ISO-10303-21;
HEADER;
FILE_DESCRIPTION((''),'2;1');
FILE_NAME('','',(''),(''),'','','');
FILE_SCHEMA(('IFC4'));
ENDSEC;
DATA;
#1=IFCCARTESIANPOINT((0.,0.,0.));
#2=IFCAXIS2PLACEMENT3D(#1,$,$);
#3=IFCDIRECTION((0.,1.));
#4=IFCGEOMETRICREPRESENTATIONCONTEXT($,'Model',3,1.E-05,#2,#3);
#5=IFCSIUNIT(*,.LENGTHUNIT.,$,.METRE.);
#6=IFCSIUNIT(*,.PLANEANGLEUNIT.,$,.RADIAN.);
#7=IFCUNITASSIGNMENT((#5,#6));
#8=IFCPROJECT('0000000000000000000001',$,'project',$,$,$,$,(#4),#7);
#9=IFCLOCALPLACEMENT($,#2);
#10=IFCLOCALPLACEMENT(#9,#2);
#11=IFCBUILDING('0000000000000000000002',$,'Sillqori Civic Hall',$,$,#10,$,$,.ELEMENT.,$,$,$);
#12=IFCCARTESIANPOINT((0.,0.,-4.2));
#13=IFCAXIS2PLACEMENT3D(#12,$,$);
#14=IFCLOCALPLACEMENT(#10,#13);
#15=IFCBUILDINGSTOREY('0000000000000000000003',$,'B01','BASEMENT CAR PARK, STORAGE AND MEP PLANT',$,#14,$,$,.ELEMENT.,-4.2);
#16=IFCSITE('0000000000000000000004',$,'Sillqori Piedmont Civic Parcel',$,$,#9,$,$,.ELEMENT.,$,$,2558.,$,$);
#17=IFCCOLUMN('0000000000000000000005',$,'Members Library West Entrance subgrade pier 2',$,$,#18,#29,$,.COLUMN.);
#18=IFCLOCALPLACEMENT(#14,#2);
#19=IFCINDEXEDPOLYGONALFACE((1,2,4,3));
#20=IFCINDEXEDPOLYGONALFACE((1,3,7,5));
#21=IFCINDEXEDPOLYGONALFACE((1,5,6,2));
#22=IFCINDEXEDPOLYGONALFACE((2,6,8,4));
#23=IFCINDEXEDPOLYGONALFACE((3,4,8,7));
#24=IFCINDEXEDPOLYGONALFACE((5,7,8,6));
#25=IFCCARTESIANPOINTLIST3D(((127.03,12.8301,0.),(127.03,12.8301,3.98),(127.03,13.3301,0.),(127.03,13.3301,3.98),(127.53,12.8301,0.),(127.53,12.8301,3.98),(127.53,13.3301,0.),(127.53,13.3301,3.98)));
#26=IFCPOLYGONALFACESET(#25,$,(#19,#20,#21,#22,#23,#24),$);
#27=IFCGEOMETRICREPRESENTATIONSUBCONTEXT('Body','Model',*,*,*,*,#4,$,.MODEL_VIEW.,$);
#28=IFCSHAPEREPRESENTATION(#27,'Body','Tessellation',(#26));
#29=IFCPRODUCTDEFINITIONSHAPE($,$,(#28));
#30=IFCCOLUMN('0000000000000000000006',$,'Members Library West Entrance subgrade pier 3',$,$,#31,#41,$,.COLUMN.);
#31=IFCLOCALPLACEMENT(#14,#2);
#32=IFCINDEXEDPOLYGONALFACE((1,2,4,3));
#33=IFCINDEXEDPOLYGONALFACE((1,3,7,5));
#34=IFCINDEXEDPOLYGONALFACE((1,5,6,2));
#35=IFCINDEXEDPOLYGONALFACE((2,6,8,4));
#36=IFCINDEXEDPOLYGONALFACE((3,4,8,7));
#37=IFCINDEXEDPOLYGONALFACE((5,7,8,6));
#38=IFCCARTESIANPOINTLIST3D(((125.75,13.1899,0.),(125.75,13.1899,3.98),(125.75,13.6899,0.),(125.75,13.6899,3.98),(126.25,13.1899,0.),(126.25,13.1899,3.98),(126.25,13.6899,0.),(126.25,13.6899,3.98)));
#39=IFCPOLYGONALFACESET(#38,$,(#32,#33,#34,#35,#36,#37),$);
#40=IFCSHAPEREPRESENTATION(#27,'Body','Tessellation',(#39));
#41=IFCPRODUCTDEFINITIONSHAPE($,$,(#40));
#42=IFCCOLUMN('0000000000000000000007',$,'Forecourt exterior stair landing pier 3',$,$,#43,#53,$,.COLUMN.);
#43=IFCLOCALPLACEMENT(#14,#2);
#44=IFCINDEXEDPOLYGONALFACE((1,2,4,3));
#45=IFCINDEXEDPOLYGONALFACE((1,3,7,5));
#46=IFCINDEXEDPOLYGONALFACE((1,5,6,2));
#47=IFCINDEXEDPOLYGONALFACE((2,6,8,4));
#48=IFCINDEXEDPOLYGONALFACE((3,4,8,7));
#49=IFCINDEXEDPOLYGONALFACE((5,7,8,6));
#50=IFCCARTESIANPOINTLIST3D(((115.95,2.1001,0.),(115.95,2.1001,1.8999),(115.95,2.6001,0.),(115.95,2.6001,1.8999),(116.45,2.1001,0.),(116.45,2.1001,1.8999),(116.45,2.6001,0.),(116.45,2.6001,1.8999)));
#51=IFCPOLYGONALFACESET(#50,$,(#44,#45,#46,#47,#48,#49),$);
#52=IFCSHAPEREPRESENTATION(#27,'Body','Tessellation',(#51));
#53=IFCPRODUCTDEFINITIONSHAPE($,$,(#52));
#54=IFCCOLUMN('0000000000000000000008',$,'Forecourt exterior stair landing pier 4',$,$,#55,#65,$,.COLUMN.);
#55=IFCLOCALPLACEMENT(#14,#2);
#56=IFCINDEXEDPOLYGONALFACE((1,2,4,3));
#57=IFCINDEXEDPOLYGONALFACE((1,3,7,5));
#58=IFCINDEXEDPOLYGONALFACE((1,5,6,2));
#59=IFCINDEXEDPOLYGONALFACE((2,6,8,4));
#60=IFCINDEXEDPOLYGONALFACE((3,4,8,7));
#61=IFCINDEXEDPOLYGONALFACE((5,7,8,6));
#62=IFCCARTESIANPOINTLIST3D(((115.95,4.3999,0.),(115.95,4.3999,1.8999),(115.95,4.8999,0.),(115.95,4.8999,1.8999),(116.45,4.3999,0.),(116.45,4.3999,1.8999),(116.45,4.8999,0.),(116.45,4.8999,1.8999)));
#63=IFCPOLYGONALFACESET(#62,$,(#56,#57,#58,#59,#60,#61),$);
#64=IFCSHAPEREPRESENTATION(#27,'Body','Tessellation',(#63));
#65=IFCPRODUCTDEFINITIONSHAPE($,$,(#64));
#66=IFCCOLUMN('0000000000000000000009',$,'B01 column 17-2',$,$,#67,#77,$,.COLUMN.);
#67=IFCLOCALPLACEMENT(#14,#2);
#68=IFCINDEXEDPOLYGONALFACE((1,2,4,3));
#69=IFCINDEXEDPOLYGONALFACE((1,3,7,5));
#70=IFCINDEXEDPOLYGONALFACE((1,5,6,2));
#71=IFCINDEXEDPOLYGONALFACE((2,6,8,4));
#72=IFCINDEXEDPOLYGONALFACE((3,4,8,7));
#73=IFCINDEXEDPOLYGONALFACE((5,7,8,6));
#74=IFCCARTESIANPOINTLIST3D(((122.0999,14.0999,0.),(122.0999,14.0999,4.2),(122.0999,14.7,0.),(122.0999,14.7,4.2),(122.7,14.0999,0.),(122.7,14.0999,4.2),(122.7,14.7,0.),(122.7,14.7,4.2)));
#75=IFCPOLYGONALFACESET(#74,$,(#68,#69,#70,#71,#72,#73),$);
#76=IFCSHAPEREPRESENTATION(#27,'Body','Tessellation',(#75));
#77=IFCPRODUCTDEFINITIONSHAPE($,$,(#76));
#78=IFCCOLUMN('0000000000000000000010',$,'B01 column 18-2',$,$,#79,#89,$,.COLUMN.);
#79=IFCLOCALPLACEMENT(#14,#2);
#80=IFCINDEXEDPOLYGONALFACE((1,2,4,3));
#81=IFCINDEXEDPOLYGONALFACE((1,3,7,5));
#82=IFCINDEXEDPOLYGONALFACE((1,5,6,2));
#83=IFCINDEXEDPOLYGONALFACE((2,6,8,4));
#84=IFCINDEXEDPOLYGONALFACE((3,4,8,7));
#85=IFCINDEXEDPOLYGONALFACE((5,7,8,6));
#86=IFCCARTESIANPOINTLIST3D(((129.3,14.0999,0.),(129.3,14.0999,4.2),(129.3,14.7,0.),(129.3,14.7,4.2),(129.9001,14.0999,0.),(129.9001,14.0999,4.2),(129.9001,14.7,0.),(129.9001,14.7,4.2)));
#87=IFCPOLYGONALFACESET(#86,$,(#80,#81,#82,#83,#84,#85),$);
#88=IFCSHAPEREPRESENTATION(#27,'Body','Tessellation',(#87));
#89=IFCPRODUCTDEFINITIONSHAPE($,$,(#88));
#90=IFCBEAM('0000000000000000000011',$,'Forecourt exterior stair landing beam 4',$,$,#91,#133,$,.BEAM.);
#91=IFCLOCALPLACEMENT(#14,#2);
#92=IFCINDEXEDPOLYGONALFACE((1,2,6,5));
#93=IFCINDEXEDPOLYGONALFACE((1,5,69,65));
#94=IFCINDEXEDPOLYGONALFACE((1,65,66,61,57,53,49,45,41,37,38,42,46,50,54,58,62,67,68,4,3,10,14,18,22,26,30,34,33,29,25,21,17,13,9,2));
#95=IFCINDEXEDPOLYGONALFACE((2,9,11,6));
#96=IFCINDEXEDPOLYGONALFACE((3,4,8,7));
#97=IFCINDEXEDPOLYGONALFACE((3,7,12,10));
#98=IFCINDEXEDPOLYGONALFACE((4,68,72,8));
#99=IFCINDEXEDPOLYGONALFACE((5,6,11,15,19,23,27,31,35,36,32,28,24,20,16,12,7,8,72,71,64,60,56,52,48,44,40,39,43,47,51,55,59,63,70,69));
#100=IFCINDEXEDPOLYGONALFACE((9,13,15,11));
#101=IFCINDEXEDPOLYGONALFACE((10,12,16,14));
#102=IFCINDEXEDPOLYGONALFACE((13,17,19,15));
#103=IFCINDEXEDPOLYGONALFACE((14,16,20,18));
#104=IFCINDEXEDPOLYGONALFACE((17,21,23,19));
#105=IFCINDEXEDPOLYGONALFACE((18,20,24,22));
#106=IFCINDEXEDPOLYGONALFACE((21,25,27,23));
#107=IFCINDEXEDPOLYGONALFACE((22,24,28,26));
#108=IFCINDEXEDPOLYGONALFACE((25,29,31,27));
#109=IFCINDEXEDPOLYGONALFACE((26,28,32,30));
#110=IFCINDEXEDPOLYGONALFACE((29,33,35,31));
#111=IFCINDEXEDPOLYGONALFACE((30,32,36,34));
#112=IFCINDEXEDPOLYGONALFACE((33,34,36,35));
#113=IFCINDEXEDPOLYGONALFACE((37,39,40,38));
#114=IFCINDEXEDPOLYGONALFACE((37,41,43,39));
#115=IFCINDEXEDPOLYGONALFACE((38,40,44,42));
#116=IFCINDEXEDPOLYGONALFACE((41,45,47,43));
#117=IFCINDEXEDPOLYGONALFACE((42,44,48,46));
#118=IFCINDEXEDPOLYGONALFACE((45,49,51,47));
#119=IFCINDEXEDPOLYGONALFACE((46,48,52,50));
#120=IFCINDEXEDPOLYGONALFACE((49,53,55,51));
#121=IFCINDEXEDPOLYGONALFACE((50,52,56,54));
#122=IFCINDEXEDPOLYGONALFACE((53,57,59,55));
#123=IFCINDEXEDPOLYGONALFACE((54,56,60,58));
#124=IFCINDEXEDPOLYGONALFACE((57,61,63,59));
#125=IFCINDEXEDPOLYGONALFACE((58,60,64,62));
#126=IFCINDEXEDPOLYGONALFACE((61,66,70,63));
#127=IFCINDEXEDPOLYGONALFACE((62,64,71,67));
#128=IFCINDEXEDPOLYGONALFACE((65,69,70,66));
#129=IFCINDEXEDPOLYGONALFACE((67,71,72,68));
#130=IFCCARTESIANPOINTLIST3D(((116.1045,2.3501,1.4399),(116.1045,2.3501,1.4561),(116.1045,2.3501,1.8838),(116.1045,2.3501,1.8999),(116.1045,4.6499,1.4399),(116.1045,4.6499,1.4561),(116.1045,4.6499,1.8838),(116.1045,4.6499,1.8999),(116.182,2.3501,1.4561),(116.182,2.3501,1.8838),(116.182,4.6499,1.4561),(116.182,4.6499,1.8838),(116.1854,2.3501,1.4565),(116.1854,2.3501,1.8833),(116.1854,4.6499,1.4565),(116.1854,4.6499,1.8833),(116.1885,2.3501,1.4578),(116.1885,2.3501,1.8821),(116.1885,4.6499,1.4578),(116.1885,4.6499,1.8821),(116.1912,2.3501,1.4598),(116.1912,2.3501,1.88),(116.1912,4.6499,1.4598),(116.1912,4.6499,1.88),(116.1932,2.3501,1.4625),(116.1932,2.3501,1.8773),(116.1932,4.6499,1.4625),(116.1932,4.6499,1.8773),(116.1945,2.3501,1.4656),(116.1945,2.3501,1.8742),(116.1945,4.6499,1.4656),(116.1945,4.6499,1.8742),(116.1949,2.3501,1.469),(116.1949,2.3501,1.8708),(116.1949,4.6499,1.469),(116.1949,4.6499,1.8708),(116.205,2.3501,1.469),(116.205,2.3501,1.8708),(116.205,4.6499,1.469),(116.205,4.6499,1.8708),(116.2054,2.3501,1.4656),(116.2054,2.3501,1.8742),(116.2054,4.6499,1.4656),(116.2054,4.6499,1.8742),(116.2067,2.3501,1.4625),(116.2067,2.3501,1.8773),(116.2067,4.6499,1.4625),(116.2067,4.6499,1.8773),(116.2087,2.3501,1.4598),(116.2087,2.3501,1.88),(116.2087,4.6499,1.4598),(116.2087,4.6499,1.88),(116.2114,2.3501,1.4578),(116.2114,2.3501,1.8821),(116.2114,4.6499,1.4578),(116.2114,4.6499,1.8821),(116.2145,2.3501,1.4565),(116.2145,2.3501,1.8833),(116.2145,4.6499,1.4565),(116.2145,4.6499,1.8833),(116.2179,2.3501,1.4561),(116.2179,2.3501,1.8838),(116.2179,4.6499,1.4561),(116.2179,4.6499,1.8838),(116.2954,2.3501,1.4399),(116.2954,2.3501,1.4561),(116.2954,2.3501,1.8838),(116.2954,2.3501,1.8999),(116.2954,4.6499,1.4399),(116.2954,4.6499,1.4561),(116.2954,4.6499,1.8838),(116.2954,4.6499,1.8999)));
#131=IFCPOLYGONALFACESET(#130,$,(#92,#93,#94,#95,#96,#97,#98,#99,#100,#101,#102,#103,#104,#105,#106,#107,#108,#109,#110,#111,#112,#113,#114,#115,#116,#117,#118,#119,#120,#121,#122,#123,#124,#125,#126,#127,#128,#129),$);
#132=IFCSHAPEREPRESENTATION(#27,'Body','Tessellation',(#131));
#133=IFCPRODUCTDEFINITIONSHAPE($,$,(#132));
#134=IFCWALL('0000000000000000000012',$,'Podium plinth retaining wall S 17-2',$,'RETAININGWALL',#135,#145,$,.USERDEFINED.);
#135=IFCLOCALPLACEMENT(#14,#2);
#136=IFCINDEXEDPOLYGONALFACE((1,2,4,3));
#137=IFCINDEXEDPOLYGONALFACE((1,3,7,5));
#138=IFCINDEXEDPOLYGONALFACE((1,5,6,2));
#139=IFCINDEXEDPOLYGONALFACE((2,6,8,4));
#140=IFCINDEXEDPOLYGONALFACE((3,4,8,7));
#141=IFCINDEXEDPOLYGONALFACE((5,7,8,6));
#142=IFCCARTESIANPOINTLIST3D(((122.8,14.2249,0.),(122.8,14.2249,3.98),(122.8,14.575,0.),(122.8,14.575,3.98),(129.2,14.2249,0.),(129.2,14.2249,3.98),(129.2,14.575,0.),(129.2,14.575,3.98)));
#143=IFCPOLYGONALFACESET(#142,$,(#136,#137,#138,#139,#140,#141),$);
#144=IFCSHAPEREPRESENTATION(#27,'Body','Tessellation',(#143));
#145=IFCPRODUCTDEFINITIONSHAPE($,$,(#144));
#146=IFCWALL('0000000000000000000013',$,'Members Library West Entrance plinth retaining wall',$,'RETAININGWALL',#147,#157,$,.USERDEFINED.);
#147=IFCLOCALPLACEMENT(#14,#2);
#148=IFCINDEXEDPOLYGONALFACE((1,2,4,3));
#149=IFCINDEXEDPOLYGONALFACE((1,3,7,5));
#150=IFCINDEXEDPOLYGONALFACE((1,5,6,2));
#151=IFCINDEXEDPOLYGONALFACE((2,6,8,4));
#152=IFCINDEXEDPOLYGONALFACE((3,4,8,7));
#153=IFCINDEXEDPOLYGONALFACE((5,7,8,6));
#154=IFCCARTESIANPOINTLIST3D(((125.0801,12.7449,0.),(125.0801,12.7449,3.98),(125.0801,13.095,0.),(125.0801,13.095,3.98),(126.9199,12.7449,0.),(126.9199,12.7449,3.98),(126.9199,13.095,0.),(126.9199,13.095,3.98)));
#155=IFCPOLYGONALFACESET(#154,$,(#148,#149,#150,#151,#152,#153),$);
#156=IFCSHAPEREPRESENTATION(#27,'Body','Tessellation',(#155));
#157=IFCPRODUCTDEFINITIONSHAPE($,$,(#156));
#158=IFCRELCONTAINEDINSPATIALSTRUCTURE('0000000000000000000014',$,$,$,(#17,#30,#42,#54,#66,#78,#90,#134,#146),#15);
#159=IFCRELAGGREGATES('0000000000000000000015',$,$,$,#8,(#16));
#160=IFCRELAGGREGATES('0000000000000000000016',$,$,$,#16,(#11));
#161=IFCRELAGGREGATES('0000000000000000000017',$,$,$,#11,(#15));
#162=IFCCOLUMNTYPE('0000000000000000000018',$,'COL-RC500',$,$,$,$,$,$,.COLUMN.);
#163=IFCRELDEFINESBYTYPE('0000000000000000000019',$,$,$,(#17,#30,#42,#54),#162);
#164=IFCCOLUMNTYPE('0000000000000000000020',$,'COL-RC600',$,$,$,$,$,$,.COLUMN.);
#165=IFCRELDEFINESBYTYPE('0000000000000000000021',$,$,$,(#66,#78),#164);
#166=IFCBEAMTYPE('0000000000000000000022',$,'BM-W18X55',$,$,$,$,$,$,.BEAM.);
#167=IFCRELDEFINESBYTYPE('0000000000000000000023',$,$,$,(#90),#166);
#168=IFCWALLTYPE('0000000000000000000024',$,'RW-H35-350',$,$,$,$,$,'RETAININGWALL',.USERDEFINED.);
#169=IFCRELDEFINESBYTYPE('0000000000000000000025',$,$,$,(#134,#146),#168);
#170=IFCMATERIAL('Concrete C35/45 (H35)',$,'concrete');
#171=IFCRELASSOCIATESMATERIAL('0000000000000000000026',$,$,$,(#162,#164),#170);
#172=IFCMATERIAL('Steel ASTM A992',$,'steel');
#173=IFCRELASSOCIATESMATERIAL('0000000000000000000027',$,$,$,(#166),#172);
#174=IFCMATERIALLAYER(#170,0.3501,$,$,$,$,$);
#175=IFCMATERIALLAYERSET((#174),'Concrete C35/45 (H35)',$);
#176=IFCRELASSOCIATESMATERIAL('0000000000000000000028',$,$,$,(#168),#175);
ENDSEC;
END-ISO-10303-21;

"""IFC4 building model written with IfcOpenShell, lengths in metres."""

from ifc_helpers import new_model, si_unit, direction, frame, frame_2d, origin, origin_2d, place, context, subcontext, project, spatial, rectangle, i_section, extrude, material, layer, layer_set, material_profile, profile_set, type_object, element, save


model = new_model("IFC4")

# Units and contexts
model_context = context("Model", 3, precision=1e-05, world=origin(), true_north=direction((0.0, 1.0)))
body_context = subcontext(model_context, "Body", "Model", "MODEL_VIEW")
ifc_project = project(units=[si_unit("LENGTHUNIT", "METRE"), si_unit("PLANEANGLEUNIT", "RADIAN")], contexts=[model_context])

# Site, building, storey
site_placement = place(None, origin())
site = spatial("IfcSite", under=ifc_project, at=site_placement, Name="Sillqori Piedmont Civic Parcel", CompositionType="ELEMENT", RefElevation=2558.0)
building_placement = place(site_placement, origin())
building = spatial("IfcBuilding", under=site, at=building_placement, Name="Sillqori Civic Hall", CompositionType="ELEMENT")
storey_placement = place(building_placement, frame((0.0, 0.0, -4.2)))
storey = spatial("IfcBuildingStorey", under=building, at=storey_placement, Name="B01", Description="BASEMENT CAR PARK, STORAGE AND MEP PLANT", CompositionType="ELEMENT", Elevation=-4.2)

# Shared definitions
ifc_material_1 = material(Name="Concrete C35/45 (H35)", Category="concrete")

# Columns
ifc_material_profile_1 = material_profile(ifc_material_1, rectangle(XDim=0.5, YDim=0.5, at=origin_2d()), Name="RC 500x500")
ifc_profile_set_1 = profile_set([ifc_material_profile_1], Name="Concrete C35/45 (H35)")
column_type_1 = type_object("IfcColumnType", Name="COL-RC500", PredefinedType="COLUMN", material=ifc_profile_set_1)
for number, where, z_axis, x_axis, name in (
    (1, (127.28, 13.0801, 0.0), (0.0, 0.0, 1.0), (1.0, 0.0, 0.0), "Members Library West Entrance subgrade pier 2"),
    (2, (126.0, 13.4399, 0.0), (0.0, 0.0, 1.0), (1.0, 0.0, 0.0), "Members Library West Entrance subgrade pier 3"),
):
    element("IfcColumn", number, at=place(storey_placement, frame(where, z_axis=z_axis, x_axis=x_axis)), inside=storey, type_object=column_type_1, Name=name, PredefinedType="COLUMN", context=body_context, shape_type="SweptSolid", body=[
        extrude(rectangle(XDim=0.5, YDim=0.5, at=origin_2d()), origin(), (0.0, 0.0, 1.0), 3.98),
    ])
for number, where, z_axis, x_axis, name in (
    (3, (116.2, 2.3501, 0.0), (0.0, 0.0, 1.0), (1.0, 0.0, 0.0), "Forecourt exterior stair landing pier 3"),
    (4, (116.2, 4.6499, 0.0), (0.0, 0.0, 1.0), (1.0, 0.0, 0.0), "Forecourt exterior stair landing pier 4"),
):
    element("IfcColumn", number, at=place(storey_placement, frame(where, z_axis=z_axis, x_axis=x_axis)), inside=storey, type_object=column_type_1, Name=name, PredefinedType="COLUMN", context=body_context, shape_type="SweptSolid", body=[
        extrude(rectangle(XDim=0.5, YDim=0.5, at=origin_2d()), origin(), (0.0, 0.0, 1.0), 1.8999),
    ])
ifc_material_profile_2 = material_profile(ifc_material_1, rectangle(XDim=0.6001, YDim=0.6001, at=origin_2d()), Name="RC 600x600")
ifc_profile_set_2 = profile_set([ifc_material_profile_2], Name="Concrete C35/45 (H35)")
column_type_2 = type_object("IfcColumnType", Name="COL-RC600", PredefinedType="COLUMN", material=ifc_profile_set_2)
for number, where, z_axis, x_axis, name in (
    (5, (122.3999, 14.3999, 0.0), (0.0, 0.0, 1.0), (1.0, 0.0, 0.0), "B01 column 17-2"),
    (6, (129.6001, 14.3999, 0.0), (0.0, 0.0, 1.0), (1.0, 0.0, 0.0), "B01 column 18-2"),
):
    element("IfcColumn", number, at=place(storey_placement, frame(where, z_axis=z_axis, x_axis=x_axis)), inside=storey, type_object=column_type_2, Name=name, PredefinedType="COLUMN", context=body_context, shape_type="SweptSolid", body=[
        extrude(rectangle(XDim=0.6001, YDim=0.6001, at=origin_2d()), origin(), (0.0, 0.0, 1.0), 4.2),
    ])

# Beam
ifc_material_2 = material(Name="Steel ASTM A992", Category="steel")
ifc_material_profile_3 = material_profile(ifc_material_2, i_section(OverallWidth=0.1909, OverallDepth=0.46, WebThickness=0.01, FlangeThickness=0.0161, FilletRadius=0.0129, at=origin_2d()), Name="W18X55")
ifc_profile_set_3 = profile_set([ifc_material_profile_3], Name="Steel ASTM A992")
beam_type = type_object("IfcBeamType", Name="BM-W18X55", PredefinedType="BEAM", material=ifc_profile_set_3)
beam_placement = place(storey_placement, frame((116.2, 2.3501, 1.6699), z_axis=(0.0, 1.0, 0.0), x_axis=(-1.0, 0.0, 0.0)))
element("IfcBeam", 7, at=beam_placement, inside=storey, type_object=beam_type, Name="Forecourt exterior stair landing beam 4", PredefinedType="BEAM", context=body_context, shape_type="SweptSolid", body=[
    extrude(i_section(OverallWidth=0.1909, OverallDepth=0.46, WebThickness=0.01, FlangeThickness=0.0161, FilletRadius=0.0129, at=origin_2d()), origin(), (0.0, 0.0, 1.0), 2.2998),
])

# Walls
ifc_layer_1 = layer(ifc_material_1, 0.3501)
ifc_layer_set_1 = layer_set([ifc_layer_1], Name="Concrete C35/45 (H35)")
wall_type = type_object("IfcWallType", Name="RW-H35-350", ElementType="RETAININGWALL", PredefinedType="USERDEFINED", material=ifc_layer_set_1)
wall_1_placement = place(storey_placement, frame((122.8, 14.3999, 0.0), z_axis=(0.0, 0.0, 1.0), x_axis=(1.0, 0.0, 0.0)))
element("IfcWall", 8, at=wall_1_placement, inside=storey, type_object=wall_type, Name="Podium plinth retaining wall S 17-2", ObjectType="RETAININGWALL", PredefinedType="USERDEFINED", context=body_context, shape_type="SweptSolid", body=[
    extrude(rectangle(XDim=6.3999, YDim=0.3501, at=frame_2d((3.2, 0.0))), origin(), (0.0, 0.0, 1.0), 3.98),
])
wall_2_placement = place(storey_placement, frame((125.0801, 12.9199, 0.0), z_axis=(0.0, 0.0, 1.0), x_axis=(1.0, 0.0, 0.0)))
element("IfcWall", 9, at=wall_2_placement, inside=storey, type_object=wall_type, Name="Members Library West Entrance plinth retaining wall", ObjectType="RETAININGWALL", PredefinedType="USERDEFINED", context=body_context, shape_type="SweptSolid", body=[
    extrude(rectangle(XDim=1.8398, YDim=0.3501, at=frame_2d((0.9199, 0.0))), origin(), (0.0, 0.0, 1.0), 3.98),
])

save(model, "model.ifc")
